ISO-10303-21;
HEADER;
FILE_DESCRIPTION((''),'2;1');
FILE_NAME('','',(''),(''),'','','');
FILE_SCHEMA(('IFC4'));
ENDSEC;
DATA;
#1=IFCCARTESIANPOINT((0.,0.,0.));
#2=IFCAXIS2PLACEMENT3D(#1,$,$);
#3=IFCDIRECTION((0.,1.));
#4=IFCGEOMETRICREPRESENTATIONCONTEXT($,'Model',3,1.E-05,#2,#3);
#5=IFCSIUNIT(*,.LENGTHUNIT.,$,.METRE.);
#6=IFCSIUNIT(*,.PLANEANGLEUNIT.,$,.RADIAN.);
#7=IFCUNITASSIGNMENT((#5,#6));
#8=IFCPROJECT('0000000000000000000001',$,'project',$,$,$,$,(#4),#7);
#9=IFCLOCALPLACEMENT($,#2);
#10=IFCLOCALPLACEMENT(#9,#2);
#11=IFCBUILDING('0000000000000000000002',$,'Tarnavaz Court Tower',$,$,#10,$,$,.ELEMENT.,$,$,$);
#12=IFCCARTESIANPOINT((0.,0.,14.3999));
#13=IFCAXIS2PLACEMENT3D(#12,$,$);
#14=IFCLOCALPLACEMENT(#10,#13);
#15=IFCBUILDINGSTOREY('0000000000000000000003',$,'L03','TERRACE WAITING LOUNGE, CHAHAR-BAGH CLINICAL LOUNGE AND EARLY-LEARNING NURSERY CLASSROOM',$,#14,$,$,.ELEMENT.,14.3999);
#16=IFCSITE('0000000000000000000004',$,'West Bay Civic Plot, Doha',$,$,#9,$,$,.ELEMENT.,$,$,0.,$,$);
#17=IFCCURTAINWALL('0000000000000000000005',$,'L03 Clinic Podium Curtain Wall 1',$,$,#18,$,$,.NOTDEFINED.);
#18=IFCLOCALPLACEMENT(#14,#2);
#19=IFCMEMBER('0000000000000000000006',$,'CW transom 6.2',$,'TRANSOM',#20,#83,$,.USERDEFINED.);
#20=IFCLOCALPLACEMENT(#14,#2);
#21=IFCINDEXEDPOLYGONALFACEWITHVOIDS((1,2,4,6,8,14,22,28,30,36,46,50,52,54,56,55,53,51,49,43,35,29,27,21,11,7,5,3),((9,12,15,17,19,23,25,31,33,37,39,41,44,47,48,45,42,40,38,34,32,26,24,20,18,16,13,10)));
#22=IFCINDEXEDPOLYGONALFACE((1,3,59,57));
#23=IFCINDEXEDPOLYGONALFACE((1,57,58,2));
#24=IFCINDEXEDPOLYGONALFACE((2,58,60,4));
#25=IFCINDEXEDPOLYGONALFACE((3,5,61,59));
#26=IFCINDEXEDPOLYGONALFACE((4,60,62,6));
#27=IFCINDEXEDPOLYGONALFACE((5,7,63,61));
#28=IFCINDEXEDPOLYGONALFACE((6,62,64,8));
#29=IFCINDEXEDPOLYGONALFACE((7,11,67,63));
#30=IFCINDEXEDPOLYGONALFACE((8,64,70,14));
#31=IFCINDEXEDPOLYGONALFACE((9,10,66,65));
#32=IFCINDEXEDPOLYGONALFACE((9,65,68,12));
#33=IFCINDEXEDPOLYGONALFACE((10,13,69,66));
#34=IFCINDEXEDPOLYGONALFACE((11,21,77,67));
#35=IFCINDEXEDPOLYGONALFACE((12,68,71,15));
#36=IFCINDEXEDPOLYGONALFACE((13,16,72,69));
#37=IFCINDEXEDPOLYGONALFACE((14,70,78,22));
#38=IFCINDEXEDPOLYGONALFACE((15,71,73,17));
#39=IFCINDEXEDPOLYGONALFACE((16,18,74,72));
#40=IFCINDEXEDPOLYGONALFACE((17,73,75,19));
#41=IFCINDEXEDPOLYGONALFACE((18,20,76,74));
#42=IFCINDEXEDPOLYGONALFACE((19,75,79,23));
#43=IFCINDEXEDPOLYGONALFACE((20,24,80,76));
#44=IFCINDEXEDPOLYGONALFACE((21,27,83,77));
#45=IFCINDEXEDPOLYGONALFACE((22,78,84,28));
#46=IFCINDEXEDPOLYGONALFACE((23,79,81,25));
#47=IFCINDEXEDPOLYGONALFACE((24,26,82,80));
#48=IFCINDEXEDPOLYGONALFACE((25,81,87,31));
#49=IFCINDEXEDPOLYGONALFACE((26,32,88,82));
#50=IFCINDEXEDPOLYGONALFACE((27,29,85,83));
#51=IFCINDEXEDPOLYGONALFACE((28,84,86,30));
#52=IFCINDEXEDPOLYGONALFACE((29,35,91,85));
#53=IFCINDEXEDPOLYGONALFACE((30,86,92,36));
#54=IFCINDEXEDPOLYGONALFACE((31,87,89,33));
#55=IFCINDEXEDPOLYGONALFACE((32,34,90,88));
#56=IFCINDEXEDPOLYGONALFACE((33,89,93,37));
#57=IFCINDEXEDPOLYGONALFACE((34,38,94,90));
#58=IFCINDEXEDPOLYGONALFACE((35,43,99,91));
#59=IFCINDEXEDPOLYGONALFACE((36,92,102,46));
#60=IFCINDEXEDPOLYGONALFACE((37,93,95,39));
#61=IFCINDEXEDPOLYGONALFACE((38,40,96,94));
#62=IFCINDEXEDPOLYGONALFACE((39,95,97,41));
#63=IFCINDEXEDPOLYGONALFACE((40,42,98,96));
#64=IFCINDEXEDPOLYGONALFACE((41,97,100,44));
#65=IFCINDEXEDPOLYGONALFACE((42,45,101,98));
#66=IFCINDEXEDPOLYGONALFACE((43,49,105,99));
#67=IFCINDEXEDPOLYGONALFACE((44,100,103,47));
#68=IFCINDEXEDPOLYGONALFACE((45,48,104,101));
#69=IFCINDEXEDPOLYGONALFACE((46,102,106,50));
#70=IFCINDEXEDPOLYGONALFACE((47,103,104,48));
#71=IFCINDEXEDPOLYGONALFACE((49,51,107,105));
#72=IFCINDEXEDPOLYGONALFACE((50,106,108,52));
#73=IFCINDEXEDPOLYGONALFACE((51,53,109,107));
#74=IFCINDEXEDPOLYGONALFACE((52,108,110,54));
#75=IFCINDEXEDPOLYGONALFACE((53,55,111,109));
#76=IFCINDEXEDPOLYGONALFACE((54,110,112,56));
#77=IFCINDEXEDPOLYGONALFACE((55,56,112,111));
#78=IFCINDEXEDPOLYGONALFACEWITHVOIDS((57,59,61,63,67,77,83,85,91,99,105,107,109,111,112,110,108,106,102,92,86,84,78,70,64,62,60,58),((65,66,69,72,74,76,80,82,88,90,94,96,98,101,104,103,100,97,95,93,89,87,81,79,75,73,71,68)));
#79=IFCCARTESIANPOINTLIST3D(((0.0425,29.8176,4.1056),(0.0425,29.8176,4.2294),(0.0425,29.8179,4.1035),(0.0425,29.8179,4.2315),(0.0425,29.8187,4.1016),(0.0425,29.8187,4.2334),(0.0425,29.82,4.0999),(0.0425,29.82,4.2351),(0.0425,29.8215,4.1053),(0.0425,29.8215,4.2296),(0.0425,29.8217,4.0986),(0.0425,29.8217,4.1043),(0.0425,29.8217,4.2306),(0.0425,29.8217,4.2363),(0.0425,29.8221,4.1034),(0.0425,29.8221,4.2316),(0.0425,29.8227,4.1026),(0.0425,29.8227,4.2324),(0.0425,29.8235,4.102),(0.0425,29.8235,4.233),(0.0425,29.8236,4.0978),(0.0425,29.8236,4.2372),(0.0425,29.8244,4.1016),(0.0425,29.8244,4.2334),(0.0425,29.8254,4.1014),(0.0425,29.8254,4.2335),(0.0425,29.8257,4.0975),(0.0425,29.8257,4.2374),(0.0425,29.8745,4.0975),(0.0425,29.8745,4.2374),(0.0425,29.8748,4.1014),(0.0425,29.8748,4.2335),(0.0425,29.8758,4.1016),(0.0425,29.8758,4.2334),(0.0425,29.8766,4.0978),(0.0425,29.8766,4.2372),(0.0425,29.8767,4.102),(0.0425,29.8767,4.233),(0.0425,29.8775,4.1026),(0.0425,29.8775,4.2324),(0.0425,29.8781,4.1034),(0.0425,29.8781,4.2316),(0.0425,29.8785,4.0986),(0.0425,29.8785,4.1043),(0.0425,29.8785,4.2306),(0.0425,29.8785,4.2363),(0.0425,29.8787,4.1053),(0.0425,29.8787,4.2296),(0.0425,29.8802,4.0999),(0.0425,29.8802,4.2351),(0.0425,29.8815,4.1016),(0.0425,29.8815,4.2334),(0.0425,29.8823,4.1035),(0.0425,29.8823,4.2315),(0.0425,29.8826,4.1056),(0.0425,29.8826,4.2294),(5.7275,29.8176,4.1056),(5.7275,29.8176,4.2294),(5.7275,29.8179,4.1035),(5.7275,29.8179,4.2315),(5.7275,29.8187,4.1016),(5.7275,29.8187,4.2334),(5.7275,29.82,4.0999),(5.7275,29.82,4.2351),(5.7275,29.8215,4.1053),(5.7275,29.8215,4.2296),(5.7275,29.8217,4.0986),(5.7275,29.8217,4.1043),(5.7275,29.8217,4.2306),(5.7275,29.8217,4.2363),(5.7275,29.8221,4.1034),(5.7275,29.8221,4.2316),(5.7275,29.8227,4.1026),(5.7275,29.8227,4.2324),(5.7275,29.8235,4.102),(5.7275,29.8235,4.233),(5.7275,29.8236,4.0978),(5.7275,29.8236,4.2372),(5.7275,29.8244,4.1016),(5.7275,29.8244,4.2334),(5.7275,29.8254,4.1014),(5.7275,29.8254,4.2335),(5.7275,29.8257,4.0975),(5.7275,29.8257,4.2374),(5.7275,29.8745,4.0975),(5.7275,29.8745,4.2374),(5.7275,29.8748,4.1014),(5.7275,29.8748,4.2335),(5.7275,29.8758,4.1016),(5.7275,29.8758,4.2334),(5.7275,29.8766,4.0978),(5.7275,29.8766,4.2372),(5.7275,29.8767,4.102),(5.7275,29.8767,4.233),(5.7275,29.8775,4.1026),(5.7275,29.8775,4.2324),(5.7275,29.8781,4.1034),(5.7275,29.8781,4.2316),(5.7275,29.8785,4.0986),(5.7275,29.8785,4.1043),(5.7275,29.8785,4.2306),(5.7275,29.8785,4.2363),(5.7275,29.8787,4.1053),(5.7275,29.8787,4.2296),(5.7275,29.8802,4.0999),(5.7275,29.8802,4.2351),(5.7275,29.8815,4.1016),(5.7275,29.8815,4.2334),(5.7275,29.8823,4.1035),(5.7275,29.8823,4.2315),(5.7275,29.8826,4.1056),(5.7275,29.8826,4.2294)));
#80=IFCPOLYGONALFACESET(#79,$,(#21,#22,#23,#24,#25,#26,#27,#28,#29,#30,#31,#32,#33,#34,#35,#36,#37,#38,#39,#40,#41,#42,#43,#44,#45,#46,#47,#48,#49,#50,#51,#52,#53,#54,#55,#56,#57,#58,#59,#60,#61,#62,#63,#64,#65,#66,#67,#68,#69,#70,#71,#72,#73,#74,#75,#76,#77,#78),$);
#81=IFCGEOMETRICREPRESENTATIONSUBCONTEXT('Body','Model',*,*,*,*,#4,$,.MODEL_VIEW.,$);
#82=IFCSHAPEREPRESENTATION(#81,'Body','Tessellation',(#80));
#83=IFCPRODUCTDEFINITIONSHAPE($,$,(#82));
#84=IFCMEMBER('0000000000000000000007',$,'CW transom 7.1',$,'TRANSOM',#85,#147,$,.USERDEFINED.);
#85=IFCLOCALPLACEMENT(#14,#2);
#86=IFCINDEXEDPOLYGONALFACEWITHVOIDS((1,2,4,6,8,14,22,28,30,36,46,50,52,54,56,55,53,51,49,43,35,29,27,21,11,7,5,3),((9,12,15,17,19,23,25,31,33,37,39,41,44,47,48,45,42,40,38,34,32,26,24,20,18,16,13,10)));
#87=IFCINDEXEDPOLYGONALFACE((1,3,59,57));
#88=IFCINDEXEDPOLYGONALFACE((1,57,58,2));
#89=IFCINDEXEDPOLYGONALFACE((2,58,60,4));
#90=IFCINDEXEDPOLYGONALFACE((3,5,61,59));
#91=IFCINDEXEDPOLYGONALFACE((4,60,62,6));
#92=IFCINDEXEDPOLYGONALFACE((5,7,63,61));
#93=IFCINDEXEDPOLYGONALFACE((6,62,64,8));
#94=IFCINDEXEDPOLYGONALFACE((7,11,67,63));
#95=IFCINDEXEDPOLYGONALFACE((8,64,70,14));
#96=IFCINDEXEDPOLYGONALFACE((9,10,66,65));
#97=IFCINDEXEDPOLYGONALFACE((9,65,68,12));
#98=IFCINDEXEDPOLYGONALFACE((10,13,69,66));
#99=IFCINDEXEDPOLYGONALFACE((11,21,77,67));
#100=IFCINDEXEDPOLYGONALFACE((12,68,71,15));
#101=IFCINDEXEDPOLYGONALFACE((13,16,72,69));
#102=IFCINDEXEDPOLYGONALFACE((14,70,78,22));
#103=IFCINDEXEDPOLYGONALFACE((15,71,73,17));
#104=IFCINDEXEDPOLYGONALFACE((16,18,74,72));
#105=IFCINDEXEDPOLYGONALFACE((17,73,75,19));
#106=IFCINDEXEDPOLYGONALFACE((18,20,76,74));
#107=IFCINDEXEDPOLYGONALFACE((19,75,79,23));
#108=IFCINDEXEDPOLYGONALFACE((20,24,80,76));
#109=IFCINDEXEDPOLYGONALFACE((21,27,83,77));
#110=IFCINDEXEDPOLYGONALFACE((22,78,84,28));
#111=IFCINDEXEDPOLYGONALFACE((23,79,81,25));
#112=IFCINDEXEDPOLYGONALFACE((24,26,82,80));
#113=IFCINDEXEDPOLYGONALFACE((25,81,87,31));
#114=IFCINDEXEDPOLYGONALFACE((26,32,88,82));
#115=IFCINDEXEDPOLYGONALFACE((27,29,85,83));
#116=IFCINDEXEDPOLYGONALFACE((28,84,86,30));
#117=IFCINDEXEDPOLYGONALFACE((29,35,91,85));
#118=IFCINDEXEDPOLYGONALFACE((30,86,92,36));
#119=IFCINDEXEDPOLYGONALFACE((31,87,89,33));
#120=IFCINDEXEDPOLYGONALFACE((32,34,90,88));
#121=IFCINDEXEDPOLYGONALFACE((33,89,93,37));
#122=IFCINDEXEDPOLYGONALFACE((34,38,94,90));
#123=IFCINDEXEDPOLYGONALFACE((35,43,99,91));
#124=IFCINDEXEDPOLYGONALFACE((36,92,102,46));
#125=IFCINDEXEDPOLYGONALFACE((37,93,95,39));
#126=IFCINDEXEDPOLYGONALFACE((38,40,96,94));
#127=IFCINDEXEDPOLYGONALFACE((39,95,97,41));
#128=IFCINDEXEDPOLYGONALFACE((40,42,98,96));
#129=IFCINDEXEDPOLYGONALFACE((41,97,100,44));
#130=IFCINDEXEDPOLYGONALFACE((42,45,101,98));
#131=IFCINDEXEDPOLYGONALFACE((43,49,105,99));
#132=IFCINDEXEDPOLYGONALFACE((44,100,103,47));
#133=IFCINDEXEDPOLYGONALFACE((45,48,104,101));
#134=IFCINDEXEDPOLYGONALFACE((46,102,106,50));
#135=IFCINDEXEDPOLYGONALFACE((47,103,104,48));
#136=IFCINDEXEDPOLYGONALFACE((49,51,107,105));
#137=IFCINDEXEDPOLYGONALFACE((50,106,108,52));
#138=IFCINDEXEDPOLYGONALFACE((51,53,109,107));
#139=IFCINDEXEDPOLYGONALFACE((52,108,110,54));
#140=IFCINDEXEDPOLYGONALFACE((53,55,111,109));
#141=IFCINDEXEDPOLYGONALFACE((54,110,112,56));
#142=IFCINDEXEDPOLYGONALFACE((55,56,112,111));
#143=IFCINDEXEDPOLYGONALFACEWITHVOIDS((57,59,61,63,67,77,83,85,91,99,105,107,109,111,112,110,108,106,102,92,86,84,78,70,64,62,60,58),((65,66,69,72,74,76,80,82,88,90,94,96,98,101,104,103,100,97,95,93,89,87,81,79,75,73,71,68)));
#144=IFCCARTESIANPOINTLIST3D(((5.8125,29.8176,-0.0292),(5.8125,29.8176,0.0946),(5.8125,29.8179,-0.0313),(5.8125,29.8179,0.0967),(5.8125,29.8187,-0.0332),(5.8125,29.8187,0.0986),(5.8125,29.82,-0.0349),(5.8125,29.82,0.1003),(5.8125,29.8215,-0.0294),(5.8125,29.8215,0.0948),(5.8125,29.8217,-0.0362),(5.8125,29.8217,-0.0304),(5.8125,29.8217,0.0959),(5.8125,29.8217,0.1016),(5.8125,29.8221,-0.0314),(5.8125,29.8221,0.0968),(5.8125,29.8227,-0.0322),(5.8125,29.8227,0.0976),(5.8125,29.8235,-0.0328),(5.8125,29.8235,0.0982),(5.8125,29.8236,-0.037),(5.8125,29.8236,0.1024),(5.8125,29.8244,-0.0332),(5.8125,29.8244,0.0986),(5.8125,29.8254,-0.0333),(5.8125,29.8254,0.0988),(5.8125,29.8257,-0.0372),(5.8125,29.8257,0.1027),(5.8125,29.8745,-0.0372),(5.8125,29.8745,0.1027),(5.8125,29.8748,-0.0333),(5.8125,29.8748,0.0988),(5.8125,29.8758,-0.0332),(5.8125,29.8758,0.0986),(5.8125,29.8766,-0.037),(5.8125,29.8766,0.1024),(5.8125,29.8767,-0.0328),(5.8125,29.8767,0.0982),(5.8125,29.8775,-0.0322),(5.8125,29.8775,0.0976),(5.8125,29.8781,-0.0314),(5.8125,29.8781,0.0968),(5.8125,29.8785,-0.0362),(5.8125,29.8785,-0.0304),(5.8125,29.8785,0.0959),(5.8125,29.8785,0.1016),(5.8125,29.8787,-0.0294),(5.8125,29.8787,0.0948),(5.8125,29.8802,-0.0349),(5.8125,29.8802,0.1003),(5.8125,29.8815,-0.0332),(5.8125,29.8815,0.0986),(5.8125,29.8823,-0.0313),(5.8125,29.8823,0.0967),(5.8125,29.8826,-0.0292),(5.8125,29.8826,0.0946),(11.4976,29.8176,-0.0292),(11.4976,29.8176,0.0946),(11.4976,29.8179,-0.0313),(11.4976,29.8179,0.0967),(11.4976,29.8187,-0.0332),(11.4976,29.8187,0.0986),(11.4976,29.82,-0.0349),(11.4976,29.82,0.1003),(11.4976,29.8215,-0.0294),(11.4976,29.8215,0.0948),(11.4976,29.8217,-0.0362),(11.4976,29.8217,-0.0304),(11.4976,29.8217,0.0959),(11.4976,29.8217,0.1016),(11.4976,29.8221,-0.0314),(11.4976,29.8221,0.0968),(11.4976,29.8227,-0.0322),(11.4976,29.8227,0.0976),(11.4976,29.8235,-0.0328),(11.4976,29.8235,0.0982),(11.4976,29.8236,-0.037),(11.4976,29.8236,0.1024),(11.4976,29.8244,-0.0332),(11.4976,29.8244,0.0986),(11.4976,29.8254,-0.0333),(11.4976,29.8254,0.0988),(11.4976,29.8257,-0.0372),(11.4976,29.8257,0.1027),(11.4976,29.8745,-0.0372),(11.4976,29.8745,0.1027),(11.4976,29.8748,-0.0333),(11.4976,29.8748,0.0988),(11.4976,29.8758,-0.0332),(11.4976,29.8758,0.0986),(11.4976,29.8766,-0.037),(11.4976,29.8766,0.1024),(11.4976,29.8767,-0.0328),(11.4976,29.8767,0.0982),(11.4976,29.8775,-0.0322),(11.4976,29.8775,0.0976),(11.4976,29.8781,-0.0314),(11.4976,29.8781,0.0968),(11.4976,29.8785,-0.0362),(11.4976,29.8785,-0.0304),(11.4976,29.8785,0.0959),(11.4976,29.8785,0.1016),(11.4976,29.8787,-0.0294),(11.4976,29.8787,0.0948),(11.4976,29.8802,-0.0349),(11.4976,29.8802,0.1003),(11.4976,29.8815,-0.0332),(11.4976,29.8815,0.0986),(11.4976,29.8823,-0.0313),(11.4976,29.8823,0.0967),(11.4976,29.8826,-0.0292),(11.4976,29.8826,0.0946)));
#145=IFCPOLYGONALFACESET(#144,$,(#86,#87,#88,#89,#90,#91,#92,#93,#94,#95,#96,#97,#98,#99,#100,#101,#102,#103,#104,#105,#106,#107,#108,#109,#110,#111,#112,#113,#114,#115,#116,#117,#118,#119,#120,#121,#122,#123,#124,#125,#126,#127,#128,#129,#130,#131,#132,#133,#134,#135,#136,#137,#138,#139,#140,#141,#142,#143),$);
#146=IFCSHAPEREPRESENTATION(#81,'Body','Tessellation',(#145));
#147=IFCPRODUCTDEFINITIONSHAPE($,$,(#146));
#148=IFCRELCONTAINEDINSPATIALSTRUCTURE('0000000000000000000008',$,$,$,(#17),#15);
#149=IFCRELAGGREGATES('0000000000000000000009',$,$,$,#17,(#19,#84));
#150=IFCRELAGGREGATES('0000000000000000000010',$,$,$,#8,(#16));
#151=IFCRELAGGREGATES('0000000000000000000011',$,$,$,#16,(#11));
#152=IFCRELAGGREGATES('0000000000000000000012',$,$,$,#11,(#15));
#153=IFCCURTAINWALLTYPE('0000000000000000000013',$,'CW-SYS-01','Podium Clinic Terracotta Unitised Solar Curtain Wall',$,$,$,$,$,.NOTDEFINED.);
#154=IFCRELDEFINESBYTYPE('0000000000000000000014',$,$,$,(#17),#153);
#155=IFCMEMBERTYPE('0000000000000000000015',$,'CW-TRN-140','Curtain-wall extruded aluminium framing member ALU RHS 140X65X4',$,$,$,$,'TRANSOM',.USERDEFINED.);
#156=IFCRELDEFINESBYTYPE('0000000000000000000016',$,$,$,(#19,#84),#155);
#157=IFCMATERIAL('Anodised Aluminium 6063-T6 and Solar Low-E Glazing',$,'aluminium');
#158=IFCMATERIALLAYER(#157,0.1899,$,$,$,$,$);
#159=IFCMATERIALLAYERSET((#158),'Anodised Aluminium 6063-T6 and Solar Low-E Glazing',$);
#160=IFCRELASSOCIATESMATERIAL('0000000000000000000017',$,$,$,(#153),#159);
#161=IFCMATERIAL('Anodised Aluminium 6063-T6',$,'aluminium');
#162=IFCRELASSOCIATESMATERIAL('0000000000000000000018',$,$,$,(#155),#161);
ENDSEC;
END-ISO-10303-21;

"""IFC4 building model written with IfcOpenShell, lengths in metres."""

from ifc_helpers import new_model, si_unit, direction, frame, origin, origin_2d, place, context, subcontext, project, spatial, hollow_rectangle, extrude, material, layer, layer_set, material_profile, profile_set, type_object, element, aggregate, save


model = new_model("IFC4")

# Units and contexts
model_context = context("Model", 3, precision=1e-05, world=origin(), true_north=direction((0.0, 1.0)))
body_context = subcontext(model_context, "Body", "Model", "MODEL_VIEW")
ifc_project = project(units=[si_unit("LENGTHUNIT", "METRE"), si_unit("PLANEANGLEUNIT", "RADIAN")], contexts=[model_context])

# Site, building, storey
site_placement = place(None, origin())
site = spatial("IfcSite", under=ifc_project, at=site_placement, Name="West Bay Civic Plot, Doha", CompositionType="ELEMENT", RefElevation=0.0)
building_placement = place(site_placement, origin())
building = spatial("IfcBuilding", under=site, at=building_placement, Name="Tarnavaz Court Tower", CompositionType="ELEMENT")
storey_placement = place(building_placement, frame((0.0, 0.0, 14.3999)))
storey = spatial("IfcBuildingStorey", under=building, at=storey_placement, Name="L03", Description="TERRACE WAITING LOUNGE, CHAHAR-BAGH CLINICAL LOUNGE AND EARLY-LEARNING NURSERY CLASSROOM", CompositionType="ELEMENT", Elevation=14.3999)

# Curtain wall, members
ifc_material_1 = material(Name="Anodised Aluminium 6063-T6 and Solar Low-E Glazing", Category="aluminium")
ifc_layer_1 = layer(ifc_material_1, 0.1899)
ifc_layer_set_1 = layer_set([ifc_layer_1], Name="Anodised Aluminium 6063-T6 and Solar Low-E Glazing")
curtain_wall_type = type_object("IfcCurtainWallType", Name="CW-SYS-01", Description="Podium Clinic Terracotta Unitised Solar Curtain Wall", PredefinedType="NOTDEFINED", material=ifc_layer_set_1)
curtain_wall_placement = place(storey_placement, origin())
curtain_wall = element("IfcCurtainWall", 1, at=curtain_wall_placement, inside=storey, type_object=curtain_wall_type, Name="L03 Clinic Podium Curtain Wall 1", PredefinedType="NOTDEFINED")
ifc_material_2 = material(Name="Anodised Aluminium 6063-T6", Category="aluminium")
ifc_material_profile_1 = material_profile(ifc_material_2, hollow_rectangle(XDim=0.0649, YDim=0.1399, WallThickness=0.0039, InnerFilletRadius=0.0039, OuterFilletRadius=0.0081, at=origin_2d()), Name="ALU RHS 140X65X4")
ifc_profile_set_1 = profile_set([ifc_material_profile_1], Name="Anodised Aluminium 6063-T6")
member_type_1 = type_object("IfcMemberType", Name="CW-TRN-140", Description="Curtain-wall extruded aluminium framing member ALU RHS 140X65X4", ElementType="TRANSOM", PredefinedType="USERDEFINED", material=ifc_profile_set_1)
member_1_placement = place(storey_placement, frame((0.0425, 29.8501, 4.1675), z_axis=(1.0, 0.0, 0.0), x_axis=(0.0, 1.0, 0.0)))
member_1 = element("IfcMember", 2, at=member_1_placement, type_object=member_type_1, Name="CW transom 6.2", ObjectType="TRANSOM", PredefinedType="USERDEFINED", context=body_context, shape_type="SweptSolid", body=[
    extrude(hollow_rectangle(XDim=0.0649, YDim=0.1399, WallThickness=0.0039, InnerFilletRadius=0.0039, OuterFilletRadius=0.0081, at=origin_2d()), origin(), (0.0, 0.0, 1.0), 5.6851),
])
member_2_placement = place(storey_placement, frame((5.8125, 29.8501, 0.0327), z_axis=(1.0, 0.0, 0.0), x_axis=(0.0, 1.0, 0.0)))
member_2 = element("IfcMember", 3, at=member_2_placement, type_object=member_type_1, Name="CW transom 7.1", ObjectType="TRANSOM", PredefinedType="USERDEFINED", context=body_context, shape_type="SweptSolid", body=[
    extrude(hollow_rectangle(XDim=0.0649, YDim=0.1399, WallThickness=0.0039, InnerFilletRadius=0.0039, OuterFilletRadius=0.0081, at=origin_2d()), origin(), (0.0, 0.0, 1.0), 5.6851),
])
aggregate(curtain_wall, [member_1, member_2])

save(model, "model.ifc")
